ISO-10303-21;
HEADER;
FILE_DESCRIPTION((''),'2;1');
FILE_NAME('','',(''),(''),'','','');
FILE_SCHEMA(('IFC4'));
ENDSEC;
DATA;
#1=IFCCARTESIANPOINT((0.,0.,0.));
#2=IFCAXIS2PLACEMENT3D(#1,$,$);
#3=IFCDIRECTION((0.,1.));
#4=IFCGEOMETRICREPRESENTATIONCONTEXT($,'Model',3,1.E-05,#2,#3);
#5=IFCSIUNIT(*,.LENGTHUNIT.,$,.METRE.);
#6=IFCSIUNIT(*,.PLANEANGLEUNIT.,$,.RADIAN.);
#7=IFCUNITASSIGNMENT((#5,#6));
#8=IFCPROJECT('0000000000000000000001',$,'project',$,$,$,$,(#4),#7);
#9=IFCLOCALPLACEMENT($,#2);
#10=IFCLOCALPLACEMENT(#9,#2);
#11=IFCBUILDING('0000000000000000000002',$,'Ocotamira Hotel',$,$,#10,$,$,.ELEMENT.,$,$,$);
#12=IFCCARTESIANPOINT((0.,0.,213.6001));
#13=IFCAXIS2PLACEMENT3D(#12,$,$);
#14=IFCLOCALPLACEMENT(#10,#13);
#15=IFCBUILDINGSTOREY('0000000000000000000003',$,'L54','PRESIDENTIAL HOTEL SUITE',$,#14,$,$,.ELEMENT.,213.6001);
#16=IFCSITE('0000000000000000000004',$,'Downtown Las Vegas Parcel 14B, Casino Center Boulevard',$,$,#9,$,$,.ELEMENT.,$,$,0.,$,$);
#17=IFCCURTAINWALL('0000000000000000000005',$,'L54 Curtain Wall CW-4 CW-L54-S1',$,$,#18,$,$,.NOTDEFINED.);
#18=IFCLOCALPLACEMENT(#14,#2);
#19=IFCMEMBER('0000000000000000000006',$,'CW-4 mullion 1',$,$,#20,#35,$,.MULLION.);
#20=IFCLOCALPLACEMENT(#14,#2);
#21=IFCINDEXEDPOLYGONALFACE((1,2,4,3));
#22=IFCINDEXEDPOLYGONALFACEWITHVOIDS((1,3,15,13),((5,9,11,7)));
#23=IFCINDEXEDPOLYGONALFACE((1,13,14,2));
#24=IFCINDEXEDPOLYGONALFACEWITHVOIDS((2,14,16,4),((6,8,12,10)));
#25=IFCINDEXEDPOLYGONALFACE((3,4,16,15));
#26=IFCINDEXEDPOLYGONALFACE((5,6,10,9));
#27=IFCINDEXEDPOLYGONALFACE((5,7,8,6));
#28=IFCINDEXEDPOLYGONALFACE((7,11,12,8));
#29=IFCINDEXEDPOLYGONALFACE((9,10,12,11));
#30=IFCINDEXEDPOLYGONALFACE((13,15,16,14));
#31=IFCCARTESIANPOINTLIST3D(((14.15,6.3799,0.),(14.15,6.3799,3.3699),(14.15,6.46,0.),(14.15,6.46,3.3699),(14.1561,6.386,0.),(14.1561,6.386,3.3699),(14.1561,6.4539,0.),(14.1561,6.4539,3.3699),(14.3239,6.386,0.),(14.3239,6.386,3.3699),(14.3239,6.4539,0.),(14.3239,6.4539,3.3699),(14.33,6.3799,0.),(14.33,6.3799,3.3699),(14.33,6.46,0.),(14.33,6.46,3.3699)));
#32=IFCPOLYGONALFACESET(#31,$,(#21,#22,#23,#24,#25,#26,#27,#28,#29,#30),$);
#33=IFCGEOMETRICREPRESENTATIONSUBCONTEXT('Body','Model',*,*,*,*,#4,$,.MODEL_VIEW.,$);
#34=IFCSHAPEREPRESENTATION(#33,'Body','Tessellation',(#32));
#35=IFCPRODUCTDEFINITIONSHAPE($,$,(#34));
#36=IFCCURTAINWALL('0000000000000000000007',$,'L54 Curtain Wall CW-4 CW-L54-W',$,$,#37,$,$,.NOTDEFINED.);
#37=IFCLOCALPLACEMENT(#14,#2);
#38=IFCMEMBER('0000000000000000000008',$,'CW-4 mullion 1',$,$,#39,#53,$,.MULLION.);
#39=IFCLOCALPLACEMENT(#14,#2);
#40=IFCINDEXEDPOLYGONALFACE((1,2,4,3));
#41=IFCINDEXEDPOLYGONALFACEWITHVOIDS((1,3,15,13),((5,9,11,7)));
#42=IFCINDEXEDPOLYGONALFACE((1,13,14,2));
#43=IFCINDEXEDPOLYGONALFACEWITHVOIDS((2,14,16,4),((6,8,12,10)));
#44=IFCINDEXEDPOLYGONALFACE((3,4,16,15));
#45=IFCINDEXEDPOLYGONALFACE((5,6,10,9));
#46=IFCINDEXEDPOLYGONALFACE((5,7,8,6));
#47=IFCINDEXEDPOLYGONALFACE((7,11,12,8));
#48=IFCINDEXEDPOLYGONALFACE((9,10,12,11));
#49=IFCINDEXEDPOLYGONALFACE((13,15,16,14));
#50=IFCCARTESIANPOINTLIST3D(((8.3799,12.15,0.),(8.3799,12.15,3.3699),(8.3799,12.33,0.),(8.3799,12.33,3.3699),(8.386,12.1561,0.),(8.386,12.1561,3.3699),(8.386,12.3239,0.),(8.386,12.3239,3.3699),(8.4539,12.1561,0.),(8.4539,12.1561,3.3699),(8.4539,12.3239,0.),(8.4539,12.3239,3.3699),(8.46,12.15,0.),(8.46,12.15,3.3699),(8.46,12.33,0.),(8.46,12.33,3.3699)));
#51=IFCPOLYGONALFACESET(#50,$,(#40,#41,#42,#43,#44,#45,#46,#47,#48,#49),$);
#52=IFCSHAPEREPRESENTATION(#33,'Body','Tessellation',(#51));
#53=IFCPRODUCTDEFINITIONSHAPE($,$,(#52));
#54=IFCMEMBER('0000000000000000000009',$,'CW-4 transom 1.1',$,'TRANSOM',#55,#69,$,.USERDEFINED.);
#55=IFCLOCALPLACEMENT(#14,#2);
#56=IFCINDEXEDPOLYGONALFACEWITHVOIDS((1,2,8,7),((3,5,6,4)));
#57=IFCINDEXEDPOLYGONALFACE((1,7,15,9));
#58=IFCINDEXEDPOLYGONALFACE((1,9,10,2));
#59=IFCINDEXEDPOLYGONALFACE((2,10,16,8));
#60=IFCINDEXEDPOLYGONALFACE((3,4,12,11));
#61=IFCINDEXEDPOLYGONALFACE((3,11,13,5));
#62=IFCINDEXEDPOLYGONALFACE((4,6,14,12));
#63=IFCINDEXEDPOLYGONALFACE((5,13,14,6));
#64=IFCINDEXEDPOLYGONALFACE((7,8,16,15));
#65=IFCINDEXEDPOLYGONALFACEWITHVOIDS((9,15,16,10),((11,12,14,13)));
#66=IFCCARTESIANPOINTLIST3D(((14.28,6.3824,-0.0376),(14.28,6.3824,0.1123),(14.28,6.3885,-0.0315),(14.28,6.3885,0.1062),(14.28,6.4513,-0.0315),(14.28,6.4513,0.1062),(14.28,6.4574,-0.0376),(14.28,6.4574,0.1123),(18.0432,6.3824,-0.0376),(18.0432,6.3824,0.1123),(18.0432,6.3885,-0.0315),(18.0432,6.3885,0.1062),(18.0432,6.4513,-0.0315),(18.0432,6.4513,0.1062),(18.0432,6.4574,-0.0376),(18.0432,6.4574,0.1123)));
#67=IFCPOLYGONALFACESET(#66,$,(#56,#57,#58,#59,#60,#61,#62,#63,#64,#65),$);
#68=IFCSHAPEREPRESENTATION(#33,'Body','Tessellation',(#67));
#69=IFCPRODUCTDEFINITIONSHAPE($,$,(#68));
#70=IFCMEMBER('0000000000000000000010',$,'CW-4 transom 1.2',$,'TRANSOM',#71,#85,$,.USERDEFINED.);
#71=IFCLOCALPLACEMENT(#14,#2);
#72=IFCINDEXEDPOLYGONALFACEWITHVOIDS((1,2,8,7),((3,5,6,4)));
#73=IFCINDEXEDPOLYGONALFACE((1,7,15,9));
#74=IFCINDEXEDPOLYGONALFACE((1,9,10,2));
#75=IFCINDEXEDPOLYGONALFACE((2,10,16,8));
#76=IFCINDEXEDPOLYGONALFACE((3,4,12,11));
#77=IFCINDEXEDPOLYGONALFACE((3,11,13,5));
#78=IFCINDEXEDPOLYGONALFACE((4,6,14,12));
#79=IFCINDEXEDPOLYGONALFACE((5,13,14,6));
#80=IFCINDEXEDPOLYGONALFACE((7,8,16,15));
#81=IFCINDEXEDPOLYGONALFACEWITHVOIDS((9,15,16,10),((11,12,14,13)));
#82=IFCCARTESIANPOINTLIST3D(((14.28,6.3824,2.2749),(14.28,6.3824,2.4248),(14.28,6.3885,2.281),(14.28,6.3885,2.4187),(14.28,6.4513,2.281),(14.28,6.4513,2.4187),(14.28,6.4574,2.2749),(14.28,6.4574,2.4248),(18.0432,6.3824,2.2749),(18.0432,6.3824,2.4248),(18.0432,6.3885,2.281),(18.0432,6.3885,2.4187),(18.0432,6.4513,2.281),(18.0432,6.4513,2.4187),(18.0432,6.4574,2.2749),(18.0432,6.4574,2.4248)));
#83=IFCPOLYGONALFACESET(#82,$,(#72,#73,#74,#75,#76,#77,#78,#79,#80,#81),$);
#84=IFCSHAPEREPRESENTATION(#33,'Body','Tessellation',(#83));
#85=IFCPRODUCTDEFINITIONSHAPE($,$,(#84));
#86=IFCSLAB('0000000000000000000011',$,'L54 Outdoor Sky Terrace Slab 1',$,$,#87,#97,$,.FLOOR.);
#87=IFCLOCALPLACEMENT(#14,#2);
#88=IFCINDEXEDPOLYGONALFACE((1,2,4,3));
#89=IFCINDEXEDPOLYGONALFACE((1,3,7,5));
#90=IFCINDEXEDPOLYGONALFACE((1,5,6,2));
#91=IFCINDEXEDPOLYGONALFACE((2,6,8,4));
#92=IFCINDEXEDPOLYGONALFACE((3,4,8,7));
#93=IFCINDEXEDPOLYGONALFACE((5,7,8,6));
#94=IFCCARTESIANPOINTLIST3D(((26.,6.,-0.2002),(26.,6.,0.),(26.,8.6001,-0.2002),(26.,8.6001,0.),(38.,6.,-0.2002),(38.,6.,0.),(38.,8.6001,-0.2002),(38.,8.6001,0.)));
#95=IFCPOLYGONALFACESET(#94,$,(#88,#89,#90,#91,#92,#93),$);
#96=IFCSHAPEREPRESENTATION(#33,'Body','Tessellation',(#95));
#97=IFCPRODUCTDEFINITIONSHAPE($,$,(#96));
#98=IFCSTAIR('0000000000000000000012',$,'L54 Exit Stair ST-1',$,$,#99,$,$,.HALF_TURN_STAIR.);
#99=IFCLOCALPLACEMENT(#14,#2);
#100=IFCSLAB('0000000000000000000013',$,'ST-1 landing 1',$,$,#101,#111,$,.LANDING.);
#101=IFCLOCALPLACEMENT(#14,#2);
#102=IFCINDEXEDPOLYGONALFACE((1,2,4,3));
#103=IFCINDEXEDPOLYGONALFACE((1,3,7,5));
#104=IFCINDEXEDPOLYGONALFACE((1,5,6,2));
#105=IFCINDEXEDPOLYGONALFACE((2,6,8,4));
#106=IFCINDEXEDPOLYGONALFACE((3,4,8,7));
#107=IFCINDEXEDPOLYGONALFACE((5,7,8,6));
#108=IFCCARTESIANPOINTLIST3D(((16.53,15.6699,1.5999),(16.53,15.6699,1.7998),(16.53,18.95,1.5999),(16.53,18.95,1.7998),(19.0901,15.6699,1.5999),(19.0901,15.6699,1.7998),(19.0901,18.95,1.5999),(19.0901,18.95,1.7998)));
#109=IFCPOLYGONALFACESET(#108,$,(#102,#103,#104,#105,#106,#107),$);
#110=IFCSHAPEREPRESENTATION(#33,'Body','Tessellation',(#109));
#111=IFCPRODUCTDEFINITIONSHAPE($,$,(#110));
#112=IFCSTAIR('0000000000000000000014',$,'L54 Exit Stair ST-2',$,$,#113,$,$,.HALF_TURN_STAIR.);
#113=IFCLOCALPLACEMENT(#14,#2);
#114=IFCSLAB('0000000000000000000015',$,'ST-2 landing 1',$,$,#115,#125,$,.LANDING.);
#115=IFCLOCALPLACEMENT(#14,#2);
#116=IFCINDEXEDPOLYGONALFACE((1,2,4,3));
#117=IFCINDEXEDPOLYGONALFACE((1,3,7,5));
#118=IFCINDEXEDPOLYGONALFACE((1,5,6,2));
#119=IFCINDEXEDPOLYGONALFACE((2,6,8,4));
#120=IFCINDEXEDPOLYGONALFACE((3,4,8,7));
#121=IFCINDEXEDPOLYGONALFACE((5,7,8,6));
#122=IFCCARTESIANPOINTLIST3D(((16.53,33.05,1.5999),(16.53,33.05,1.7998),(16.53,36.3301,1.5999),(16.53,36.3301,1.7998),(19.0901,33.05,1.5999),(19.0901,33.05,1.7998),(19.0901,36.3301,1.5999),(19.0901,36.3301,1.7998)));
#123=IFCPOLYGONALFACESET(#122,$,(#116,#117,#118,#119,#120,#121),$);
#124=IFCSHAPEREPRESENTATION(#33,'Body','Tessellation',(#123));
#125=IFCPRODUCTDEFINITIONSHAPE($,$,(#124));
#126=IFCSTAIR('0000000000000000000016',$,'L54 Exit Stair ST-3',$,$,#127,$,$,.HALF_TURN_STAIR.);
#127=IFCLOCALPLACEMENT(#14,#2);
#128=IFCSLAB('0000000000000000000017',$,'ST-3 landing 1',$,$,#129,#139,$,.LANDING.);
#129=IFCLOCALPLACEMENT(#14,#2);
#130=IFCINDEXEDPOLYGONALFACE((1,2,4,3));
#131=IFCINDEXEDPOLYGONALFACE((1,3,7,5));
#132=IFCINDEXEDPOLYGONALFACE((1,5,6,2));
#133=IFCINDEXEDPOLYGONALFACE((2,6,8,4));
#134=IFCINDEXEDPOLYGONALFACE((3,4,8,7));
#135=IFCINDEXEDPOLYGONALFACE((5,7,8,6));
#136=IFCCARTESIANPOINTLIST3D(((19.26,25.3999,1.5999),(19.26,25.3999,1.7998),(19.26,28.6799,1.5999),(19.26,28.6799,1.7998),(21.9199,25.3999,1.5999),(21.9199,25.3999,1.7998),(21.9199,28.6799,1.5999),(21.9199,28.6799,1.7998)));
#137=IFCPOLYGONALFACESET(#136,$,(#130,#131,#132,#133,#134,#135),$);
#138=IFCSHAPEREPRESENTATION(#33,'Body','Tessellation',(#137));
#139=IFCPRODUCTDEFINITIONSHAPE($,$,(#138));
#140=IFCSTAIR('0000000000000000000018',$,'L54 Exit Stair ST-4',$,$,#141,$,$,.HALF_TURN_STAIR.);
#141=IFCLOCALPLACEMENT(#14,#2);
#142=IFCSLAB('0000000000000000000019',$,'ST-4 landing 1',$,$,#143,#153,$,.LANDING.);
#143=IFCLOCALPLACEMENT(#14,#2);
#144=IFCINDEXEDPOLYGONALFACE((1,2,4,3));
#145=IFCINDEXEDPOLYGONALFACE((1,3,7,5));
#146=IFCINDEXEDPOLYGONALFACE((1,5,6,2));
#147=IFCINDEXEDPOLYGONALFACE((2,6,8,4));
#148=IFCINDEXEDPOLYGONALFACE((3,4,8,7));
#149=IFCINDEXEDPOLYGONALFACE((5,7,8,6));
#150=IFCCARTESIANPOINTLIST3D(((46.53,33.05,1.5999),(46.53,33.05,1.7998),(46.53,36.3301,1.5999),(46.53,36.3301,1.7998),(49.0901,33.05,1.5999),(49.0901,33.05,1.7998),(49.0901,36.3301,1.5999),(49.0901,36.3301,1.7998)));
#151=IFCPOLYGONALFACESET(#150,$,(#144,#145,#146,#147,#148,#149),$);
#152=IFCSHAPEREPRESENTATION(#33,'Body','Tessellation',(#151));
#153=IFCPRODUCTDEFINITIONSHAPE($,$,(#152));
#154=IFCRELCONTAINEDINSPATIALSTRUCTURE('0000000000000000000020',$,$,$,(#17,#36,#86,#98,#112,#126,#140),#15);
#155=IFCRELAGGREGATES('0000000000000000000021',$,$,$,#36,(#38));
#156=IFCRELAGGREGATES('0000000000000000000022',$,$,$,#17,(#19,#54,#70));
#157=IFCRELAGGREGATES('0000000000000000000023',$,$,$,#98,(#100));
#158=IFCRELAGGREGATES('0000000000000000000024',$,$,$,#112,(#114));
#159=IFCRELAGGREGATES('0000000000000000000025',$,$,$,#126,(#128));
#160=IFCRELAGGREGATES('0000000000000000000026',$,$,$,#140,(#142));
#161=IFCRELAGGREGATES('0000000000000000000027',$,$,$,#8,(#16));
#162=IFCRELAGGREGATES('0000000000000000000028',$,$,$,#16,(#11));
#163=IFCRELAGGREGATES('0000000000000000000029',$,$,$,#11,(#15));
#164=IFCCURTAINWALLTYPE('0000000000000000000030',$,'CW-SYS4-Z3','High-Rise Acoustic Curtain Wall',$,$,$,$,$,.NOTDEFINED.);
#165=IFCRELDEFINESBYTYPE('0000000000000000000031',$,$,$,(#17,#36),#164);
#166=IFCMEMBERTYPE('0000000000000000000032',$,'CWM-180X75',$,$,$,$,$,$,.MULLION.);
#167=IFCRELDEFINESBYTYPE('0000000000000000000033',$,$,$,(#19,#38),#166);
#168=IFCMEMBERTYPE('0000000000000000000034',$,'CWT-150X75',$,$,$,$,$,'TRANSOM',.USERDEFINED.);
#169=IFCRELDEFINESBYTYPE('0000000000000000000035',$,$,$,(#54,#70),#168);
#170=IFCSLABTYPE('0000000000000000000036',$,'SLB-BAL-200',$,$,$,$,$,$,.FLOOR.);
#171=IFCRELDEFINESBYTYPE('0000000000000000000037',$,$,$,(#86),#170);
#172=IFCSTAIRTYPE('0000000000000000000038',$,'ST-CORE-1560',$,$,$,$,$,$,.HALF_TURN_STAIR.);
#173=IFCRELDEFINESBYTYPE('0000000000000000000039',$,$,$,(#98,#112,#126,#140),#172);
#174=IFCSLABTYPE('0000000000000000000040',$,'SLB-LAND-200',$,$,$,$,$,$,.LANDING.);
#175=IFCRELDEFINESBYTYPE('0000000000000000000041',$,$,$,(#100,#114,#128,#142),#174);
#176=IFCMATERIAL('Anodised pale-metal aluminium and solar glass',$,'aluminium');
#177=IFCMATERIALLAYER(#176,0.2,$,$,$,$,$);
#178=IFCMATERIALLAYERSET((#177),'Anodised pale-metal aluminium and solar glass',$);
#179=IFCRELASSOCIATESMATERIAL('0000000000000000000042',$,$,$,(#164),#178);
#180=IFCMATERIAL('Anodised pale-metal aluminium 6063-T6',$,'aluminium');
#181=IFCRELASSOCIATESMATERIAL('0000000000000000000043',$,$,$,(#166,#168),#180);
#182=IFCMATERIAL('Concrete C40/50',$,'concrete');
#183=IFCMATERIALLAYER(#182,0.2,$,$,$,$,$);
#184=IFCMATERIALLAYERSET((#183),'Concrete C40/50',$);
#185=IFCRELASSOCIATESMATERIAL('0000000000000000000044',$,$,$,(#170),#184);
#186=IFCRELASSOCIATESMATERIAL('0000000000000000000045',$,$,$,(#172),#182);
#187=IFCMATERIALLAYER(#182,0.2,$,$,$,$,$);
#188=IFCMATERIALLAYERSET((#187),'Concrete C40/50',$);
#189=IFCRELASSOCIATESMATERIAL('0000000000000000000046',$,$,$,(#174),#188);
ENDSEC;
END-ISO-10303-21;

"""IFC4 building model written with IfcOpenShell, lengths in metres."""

from ifc_helpers import new_model, si_unit, direction, frame, origin, origin_2d, place, context, subcontext, project, spatial, polyline, hollow_rectangle, outline, extrude, source, transform, mapped, material, layer, layer_set, material_profile, profile_set, type_object, element, aggregate, save


model = new_model("IFC4")

# Units and contexts
model_context = context("Model", 3, precision=1e-05, world=origin(), true_north=direction((0.0, 1.0)))
body_context = subcontext(model_context, "Body", "Model", "MODEL_VIEW")
ifc_project = project(units=[si_unit("LENGTHUNIT", "METRE"), si_unit("PLANEANGLEUNIT", "RADIAN")], contexts=[model_context])

# Site, building, storey
site_placement = place(None, origin())
site = spatial("IfcSite", under=ifc_project, at=site_placement, Name="Downtown Las Vegas Parcel 14B, Casino Center Boulevard", CompositionType="ELEMENT", RefElevation=0.0)
building_placement = place(site_placement, origin())
building = spatial("IfcBuilding", under=site, at=building_placement, Name="Ocotamira Hotel", CompositionType="ELEMENT")
storey_placement = place(building_placement, frame((0.0, 0.0, 213.6001)))
storey = spatial("IfcBuildingStorey", under=building, at=storey_placement, Name="L54", Description="PRESIDENTIAL HOTEL SUITE", CompositionType="ELEMENT", Elevation=213.6001)

# Curtain walls, members
ifc_material_1 = material(Name="Anodised pale-metal aluminium and solar glass", Category="aluminium")
ifc_layer_1 = layer(ifc_material_1, 0.2)
ifc_layer_set_1 = layer_set([ifc_layer_1], Name="Anodised pale-metal aluminium and solar glass")
curtain_wall_type = type_object("IfcCurtainWallType", Name="CW-SYS4-Z3", Description="High-Rise Acoustic Curtain Wall", PredefinedType="NOTDEFINED", material=ifc_layer_set_1)
curtain_wall_1_placement = place(storey_placement, origin())
curtain_wall_1 = element("IfcCurtainWall", 1, at=curtain_wall_1_placement, inside=storey, type_object=curtain_wall_type, Name="L54 Curtain Wall CW-4 CW-L54-S1", PredefinedType="NOTDEFINED")
ifc_material_2 = material(Name="Anodised pale-metal aluminium 6063-T6", Category="aluminium")
ifc_material_profile_1 = material_profile(ifc_material_2, hollow_rectangle(XDim=0.0801, YDim=0.1799, WallThickness=0.0061, at=origin_2d()), Name="HSS180X80X6")
ifc_profile_set_1 = profile_set([ifc_material_profile_1], Name="Anodised pale-metal aluminium 6063-T6")
member_type_1 = type_object("IfcMemberType", Name="CWM-180X75", PredefinedType="MULLION", material=ifc_profile_set_1)
shared_shape_1 = source(origin(), body_context, "Body", "SweptSolid", [
    extrude(hollow_rectangle(XDim=0.0801, YDim=0.1799, WallThickness=0.0061, at=origin_2d()), origin(), (0.0, 0.0, 1.0), 3.3699),
])
member_1_placement = place(storey_placement, frame((14.24, 6.4199, 0.0), z_axis=(0.0, 0.0, 1.0), x_axis=(0.0, 1.0, 0.0)))
member_1 = element("IfcMember", 2, at=member_1_placement, type_object=member_type_1, Name="CW-4 mullion 1", PredefinedType="MULLION", context=body_context, shape_type="MappedRepresentation", body=[
    mapped(shared_shape_1, transform((0.0, 0.0, 0.0), scale=1.0)),
])
curtain_wall_2_placement = place(storey_placement, origin())
curtain_wall_2 = element("IfcCurtainWall", 3, at=curtain_wall_2_placement, inside=storey, type_object=curtain_wall_type, Name="L54 Curtain Wall CW-4 CW-L54-W", PredefinedType="NOTDEFINED")
member_2_placement = place(storey_placement, frame((8.4199, 12.24, 0.0), z_axis=(0.0, 0.0, 1.0), x_axis=(-1.0, 0.0, 0.0)))
member_2 = element("IfcMember", 4, at=member_2_placement, type_object=member_type_1, Name="CW-4 mullion 1", PredefinedType="MULLION", context=body_context, shape_type="MappedRepresentation", body=[
    mapped(shared_shape_1, transform((0.0, 0.0, 0.0), scale=1.0)),
])
aggregate(curtain_wall_2, [member_2])

# Members
ifc_material_profile_2 = material_profile(ifc_material_2, hollow_rectangle(XDim=0.075, YDim=0.1499, WallThickness=0.0061, at=origin_2d()), Name="HSS150X75X6")
ifc_profile_set_2 = profile_set([ifc_material_profile_2], Name="Anodised pale-metal aluminium 6063-T6")
member_type_2 = type_object("IfcMemberType", Name="CWT-150X75", ElementType="TRANSOM", PredefinedType="USERDEFINED", material=ifc_profile_set_2)
shared_shape_2 = source(origin(), body_context, "Body", "SweptSolid", [
    extrude(hollow_rectangle(XDim=0.075, YDim=0.1499, WallThickness=0.0061, at=origin_2d()), origin(), (0.0, 0.0, 1.0), 3.7632),
])
member_3_placement = place(storey_placement, frame((14.28, 6.4199, 0.0374), z_axis=(1.0, 0.0, 0.0), x_axis=(0.0, 1.0, 0.0)))
member_3 = element("IfcMember", 5, at=member_3_placement, type_object=member_type_2, Name="CW-4 transom 1.1", ObjectType="TRANSOM", PredefinedType="USERDEFINED", context=body_context, shape_type="MappedRepresentation", body=[
    mapped(shared_shape_2, transform((0.0, 0.0, 0.0), scale=1.0)),
])
member_4_placement = place(storey_placement, frame((14.28, 6.4199, 2.3499), z_axis=(1.0, 0.0, 0.0), x_axis=(0.0, 1.0, 0.0)))
member_4 = element("IfcMember", 6, at=member_4_placement, type_object=member_type_2, Name="CW-4 transom 1.2", ObjectType="TRANSOM", PredefinedType="USERDEFINED", context=body_context, shape_type="MappedRepresentation", body=[
    mapped(shared_shape_2, transform((0.0, 0.0, 0.0), scale=1.0)),
])
aggregate(curtain_wall_1, [member_1, member_3, member_4])

# Slab
ifc_material_3 = material(Name="Concrete C40/50", Category="concrete")
ifc_layer_2 = layer(ifc_material_3, 0.2)
ifc_layer_set_2 = layer_set([ifc_layer_2], Name="Concrete C40/50")
slab_type_1 = type_object("IfcSlabType", Name="SLB-BAL-200", PredefinedType="FLOOR", material=ifc_layer_set_2)
slab_1_placement = place(storey_placement, frame((0.0, 0.0, -0.2002)))
element("IfcSlab", 7, at=slab_1_placement, inside=storey, type_object=slab_type_1, Name="L54 Outdoor Sky Terrace Slab 1", PredefinedType="FLOOR", context=body_context, shape_type="SweptSolid", body=[
    extrude(outline(polyline([(26.0, 6.0), (38.0, 6.0), (38.0, 8.6001), (26.0, 8.6001), (26.0, 6.0)])), origin(), (0.0, 0.0, 1.0), 0.2002),
])

# Stairs, slabs
stair_type = type_object("IfcStairType", Name="ST-CORE-1560", PredefinedType="HALF_TURN_STAIR", material=ifc_material_3)
stair_1_placement = place(storey_placement, origin())
stair_1 = element("IfcStair", 8, at=stair_1_placement, inside=storey, type_object=stair_type, Name="L54 Exit Stair ST-1", PredefinedType="HALF_TURN_STAIR")
ifc_layer_3 = layer(ifc_material_3, 0.2)
ifc_layer_set_3 = layer_set([ifc_layer_3], Name="Concrete C40/50")
slab_type_2 = type_object("IfcSlabType", Name="SLB-LAND-200", PredefinedType="LANDING", material=ifc_layer_set_3)
slab_2_placement = place(storey_placement, frame((0.0, 0.0, 1.5999)))
slab_2 = element("IfcSlab", 9, at=slab_2_placement, type_object=slab_type_2, Name="ST-1 landing 1", PredefinedType="LANDING", context=body_context, shape_type="SweptSolid", body=[
    extrude(outline(polyline([(16.53, 15.6699), (19.0901, 15.6699), (19.0901, 18.95), (16.53, 18.95), (16.53, 15.6699)])), origin(), (0.0, 0.0, 1.0), 0.2),
])
aggregate(stair_1, [slab_2])
stair_2_placement = place(storey_placement, origin())
stair_2 = element("IfcStair", 10, at=stair_2_placement, inside=storey, type_object=stair_type, Name="L54 Exit Stair ST-2", PredefinedType="HALF_TURN_STAIR")
slab_3_placement = place(storey_placement, frame((0.0, 0.0, 1.5999)))
slab_3 = element("IfcSlab", 11, at=slab_3_placement, type_object=slab_type_2, Name="ST-2 landing 1", PredefinedType="LANDING", context=body_context, shape_type="SweptSolid", body=[
    extrude(outline(polyline([(16.53, 33.05), (19.0901, 33.05), (19.0901, 36.3301), (16.53, 36.3301), (16.53, 33.05)])), origin(), (0.0, 0.0, 1.0), 0.2),
])
aggregate(stair_2, [slab_3])
stair_3_placement = place(storey_placement, origin())
stair_3 = element("IfcStair", 12, at=stair_3_placement, inside=storey, type_object=stair_type, Name="L54 Exit Stair ST-3", PredefinedType="HALF_TURN_STAIR")
slab_4_placement = place(storey_placement, frame((0.0, 0.0, 1.5999)))
slab_4 = element("IfcSlab", 13, at=slab_4_placement, type_object=slab_type_2, Name="ST-3 landing 1", PredefinedType="LANDING", context=body_context, shape_type="SweptSolid", body=[
    extrude(outline(polyline([(19.26, 25.3999), (21.9199, 25.3999), (21.9199, 28.6799), (19.26, 28.6799), (19.26, 25.3999)])), origin(), (0.0, 0.0, 1.0), 0.2),
])
aggregate(stair_3, [slab_4])
stair_4_placement = place(storey_placement, origin())
stair_4 = element("IfcStair", 14, at=stair_4_placement, inside=storey, type_object=stair_type, Name="L54 Exit Stair ST-4", PredefinedType="HALF_TURN_STAIR")
slab_5_placement = place(storey_placement, frame((0.0, 0.0, 1.5999)))
slab_5 = element("IfcSlab", 15, at=slab_5_placement, type_object=slab_type_2, Name="ST-4 landing 1", PredefinedType="LANDING", context=body_context, shape_type="SweptSolid", body=[
    extrude(outline(polyline([(46.53, 33.05), (49.0901, 33.05), (49.0901, 36.3301), (46.53, 36.3301), (46.53, 33.05)])), origin(), (0.0, 0.0, 1.0), 0.2),
])
aggregate(stair_4, [slab_5])

save(model, "model.ifc")
